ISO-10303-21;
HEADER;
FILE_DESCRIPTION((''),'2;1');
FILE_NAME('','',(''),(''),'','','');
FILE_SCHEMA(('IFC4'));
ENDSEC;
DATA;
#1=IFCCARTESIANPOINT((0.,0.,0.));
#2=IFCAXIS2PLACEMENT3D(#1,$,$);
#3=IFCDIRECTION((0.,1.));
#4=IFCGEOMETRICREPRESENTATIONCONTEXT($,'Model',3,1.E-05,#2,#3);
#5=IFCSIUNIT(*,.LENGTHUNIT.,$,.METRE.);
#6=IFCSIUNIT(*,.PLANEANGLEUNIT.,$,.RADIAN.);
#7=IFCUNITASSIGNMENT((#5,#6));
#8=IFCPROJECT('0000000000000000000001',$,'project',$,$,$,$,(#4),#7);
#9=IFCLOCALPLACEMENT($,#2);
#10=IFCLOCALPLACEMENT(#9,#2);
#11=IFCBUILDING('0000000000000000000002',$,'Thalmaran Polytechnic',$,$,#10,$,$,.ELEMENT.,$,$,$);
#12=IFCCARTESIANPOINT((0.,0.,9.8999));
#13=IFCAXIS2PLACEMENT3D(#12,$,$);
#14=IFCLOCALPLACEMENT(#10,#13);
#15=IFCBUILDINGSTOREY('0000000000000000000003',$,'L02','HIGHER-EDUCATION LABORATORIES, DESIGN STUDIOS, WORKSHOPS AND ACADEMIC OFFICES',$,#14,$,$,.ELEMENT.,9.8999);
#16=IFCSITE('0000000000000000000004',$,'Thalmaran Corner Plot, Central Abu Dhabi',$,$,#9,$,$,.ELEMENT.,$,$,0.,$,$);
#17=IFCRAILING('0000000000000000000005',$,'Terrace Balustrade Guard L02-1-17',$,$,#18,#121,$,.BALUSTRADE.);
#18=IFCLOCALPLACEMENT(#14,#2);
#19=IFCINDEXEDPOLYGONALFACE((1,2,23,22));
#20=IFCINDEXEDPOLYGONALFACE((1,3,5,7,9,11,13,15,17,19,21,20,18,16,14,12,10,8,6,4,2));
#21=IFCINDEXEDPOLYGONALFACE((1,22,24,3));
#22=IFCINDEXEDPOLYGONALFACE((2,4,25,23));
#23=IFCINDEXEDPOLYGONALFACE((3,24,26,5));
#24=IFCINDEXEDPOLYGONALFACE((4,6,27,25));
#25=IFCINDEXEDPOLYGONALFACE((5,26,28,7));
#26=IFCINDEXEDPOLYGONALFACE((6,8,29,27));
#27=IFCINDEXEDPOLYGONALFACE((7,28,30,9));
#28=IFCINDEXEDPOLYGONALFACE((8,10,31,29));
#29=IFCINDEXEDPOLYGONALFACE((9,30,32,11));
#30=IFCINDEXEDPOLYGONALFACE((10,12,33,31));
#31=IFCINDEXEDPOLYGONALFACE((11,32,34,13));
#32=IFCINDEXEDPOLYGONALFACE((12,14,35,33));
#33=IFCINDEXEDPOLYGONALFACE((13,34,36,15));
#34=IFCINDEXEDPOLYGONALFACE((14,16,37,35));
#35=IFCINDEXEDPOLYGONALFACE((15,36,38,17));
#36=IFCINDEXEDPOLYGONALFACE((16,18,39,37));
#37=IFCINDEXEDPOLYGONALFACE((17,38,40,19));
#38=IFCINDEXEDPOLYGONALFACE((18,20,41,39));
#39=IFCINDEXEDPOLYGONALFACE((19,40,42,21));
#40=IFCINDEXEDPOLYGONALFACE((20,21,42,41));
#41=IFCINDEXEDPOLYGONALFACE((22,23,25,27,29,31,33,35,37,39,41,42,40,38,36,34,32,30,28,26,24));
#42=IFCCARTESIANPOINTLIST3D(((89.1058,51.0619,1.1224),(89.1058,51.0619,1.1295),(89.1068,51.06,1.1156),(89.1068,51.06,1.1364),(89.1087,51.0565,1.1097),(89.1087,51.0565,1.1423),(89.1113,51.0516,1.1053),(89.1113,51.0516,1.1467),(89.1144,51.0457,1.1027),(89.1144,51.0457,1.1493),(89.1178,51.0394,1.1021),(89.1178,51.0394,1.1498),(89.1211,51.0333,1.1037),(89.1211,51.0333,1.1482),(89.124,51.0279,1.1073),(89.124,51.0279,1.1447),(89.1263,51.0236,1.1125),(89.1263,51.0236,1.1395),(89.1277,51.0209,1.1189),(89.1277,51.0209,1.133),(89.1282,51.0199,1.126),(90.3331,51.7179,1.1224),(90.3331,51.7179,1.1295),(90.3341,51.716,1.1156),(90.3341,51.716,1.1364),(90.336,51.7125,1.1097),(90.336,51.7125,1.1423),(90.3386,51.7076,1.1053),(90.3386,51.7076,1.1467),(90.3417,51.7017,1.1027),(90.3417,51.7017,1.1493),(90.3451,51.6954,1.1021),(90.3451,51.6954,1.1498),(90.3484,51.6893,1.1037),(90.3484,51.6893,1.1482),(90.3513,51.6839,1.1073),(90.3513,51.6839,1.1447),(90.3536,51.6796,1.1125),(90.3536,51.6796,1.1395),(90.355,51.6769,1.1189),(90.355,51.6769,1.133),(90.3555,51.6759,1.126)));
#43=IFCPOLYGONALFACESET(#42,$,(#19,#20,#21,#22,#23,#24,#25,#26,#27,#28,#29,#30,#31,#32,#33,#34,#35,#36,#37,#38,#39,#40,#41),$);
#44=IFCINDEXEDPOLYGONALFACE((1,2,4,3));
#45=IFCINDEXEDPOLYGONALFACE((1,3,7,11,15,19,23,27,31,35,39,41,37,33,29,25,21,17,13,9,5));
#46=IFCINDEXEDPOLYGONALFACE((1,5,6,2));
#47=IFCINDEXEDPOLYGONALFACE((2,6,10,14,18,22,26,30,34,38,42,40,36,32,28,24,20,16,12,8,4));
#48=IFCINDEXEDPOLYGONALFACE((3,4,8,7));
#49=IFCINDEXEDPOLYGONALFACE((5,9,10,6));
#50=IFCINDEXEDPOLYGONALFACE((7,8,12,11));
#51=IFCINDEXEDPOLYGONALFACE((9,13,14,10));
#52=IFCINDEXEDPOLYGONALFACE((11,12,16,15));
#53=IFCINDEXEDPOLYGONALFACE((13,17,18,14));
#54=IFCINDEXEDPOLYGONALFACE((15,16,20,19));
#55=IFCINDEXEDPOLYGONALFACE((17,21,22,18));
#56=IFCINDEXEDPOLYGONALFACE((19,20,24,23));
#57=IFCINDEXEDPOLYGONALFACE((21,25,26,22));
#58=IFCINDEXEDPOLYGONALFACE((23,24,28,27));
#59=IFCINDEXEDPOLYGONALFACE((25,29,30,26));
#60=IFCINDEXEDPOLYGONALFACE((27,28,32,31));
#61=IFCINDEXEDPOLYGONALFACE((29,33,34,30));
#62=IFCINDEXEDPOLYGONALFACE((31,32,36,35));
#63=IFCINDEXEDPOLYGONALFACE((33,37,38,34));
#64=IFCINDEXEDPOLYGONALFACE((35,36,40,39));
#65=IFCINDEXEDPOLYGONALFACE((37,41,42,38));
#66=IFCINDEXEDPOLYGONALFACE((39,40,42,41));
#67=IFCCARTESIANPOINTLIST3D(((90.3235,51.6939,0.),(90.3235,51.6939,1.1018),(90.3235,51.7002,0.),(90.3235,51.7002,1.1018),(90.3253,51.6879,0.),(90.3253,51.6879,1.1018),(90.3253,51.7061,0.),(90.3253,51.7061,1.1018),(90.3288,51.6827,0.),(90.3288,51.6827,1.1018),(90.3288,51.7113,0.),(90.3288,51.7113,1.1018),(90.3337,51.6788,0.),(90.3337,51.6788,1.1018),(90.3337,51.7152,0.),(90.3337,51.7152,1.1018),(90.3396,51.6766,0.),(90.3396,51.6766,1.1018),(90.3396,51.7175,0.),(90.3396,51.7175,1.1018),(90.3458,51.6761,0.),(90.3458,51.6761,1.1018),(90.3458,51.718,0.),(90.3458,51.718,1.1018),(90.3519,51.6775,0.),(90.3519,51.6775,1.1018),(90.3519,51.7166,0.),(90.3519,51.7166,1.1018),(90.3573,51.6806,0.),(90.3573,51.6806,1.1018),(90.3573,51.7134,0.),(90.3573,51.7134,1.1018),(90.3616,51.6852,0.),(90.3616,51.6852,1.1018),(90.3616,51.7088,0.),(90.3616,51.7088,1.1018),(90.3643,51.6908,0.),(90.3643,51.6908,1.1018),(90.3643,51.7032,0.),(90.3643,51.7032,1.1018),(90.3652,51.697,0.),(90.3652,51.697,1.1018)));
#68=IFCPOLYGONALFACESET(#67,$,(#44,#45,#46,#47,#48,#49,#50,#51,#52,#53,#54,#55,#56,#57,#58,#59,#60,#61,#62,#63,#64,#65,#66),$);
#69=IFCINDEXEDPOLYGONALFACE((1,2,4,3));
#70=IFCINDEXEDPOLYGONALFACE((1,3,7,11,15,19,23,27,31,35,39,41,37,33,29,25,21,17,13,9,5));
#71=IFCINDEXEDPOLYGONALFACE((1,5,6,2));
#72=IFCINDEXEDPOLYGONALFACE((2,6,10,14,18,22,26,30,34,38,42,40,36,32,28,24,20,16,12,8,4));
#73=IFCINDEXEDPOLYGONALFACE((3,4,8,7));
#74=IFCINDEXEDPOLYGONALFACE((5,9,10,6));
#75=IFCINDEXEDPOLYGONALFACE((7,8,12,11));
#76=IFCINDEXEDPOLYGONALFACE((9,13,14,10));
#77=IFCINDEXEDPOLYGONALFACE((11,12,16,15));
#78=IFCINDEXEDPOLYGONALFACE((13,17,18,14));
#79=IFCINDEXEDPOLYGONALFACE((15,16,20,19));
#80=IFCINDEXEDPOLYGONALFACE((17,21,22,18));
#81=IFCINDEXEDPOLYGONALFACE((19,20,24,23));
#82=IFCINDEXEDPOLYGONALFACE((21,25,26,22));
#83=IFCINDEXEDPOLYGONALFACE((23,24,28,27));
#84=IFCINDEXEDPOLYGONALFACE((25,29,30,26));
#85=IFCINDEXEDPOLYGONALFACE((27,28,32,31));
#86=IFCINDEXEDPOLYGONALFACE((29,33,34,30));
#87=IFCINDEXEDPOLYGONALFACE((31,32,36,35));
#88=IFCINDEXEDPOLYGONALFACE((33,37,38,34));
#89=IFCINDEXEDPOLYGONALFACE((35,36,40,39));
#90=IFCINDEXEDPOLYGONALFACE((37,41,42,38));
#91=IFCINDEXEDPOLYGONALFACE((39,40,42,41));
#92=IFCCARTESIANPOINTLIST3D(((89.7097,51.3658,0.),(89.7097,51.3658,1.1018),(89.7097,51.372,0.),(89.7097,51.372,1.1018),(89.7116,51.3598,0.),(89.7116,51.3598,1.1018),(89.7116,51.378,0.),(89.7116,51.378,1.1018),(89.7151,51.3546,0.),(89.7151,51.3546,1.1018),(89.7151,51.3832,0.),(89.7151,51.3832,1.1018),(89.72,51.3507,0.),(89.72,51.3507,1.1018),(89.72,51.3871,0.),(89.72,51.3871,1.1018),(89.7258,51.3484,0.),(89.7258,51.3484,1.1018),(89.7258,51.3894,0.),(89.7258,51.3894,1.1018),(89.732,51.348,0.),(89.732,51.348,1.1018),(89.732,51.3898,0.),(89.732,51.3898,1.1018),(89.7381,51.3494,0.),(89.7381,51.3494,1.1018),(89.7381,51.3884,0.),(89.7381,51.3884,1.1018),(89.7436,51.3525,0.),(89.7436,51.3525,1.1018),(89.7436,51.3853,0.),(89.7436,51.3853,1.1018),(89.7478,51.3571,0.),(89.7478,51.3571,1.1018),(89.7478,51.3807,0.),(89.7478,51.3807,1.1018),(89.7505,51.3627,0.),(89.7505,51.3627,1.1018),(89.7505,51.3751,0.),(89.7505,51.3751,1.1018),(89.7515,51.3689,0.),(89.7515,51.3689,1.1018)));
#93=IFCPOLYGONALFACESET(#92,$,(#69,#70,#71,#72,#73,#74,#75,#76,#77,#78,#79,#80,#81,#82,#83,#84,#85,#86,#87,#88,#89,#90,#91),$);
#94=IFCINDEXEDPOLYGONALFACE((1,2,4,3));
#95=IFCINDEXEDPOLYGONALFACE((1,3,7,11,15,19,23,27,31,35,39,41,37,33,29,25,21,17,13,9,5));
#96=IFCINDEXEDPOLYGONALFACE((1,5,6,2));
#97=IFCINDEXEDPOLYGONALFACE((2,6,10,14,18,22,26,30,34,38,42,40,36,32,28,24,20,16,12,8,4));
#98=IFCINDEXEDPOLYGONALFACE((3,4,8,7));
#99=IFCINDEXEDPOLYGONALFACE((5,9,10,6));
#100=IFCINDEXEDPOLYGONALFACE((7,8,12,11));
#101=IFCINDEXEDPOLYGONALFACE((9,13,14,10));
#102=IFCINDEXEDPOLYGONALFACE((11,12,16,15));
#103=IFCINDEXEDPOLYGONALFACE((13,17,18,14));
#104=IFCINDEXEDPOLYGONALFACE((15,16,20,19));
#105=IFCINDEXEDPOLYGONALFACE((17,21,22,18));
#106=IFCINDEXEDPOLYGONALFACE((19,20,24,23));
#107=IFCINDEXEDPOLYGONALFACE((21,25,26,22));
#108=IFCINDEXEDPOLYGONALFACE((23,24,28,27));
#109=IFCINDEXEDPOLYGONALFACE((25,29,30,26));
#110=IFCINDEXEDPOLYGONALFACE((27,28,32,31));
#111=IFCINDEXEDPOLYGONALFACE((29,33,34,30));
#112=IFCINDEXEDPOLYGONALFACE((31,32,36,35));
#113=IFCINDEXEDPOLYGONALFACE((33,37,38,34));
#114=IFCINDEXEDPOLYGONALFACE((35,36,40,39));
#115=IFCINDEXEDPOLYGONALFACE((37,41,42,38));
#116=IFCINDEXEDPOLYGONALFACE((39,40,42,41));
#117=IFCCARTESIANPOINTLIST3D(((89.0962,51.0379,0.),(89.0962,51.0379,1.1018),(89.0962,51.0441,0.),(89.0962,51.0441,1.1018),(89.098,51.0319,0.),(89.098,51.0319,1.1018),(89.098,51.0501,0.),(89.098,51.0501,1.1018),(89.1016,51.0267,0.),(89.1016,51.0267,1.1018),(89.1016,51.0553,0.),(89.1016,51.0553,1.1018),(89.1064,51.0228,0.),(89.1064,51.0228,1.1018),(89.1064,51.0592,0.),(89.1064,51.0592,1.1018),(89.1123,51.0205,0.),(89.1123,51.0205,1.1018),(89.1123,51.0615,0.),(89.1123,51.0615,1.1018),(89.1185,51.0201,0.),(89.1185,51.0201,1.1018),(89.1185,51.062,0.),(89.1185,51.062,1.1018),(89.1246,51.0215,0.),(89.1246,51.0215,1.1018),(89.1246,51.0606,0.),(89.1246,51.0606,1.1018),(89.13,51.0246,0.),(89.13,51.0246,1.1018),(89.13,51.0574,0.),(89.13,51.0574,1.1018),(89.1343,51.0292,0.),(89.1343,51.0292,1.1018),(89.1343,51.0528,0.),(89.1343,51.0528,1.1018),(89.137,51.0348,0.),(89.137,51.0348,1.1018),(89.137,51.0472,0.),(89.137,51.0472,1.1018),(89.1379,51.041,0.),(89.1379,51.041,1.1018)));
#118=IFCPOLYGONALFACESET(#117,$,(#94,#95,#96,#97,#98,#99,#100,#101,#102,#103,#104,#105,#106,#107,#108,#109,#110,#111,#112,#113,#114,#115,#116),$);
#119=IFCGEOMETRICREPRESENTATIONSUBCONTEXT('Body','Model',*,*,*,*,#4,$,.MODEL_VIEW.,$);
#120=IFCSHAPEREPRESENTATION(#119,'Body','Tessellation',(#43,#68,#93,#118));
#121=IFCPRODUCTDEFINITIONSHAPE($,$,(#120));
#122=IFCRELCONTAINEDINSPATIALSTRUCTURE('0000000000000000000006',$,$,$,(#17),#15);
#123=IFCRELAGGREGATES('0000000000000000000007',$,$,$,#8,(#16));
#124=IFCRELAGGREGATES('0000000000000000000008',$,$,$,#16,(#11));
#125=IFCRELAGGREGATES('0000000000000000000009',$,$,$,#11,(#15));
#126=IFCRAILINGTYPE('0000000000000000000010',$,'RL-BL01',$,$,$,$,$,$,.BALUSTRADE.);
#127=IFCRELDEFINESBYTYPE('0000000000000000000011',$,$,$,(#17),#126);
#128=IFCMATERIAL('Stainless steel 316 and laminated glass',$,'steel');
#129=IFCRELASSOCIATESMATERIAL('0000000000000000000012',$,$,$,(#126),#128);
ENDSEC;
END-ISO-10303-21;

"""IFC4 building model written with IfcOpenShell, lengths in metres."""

from ifc_helpers import new_model, si_unit, direction, frame, origin, origin_2d, place, context, subcontext, project, spatial, circle, extrude, material, type_object, element, save


model = new_model("IFC4")

# Units and contexts
model_context = context("Model", 3, precision=1e-05, world=origin(), true_north=direction((0.0, 1.0)))
body_context = subcontext(model_context, "Body", "Model", "MODEL_VIEW")
ifc_project = project(units=[si_unit("LENGTHUNIT", "METRE"), si_unit("PLANEANGLEUNIT", "RADIAN")], contexts=[model_context])

# Site, building, storey
site_placement = place(None, origin())
site = spatial("IfcSite", under=ifc_project, at=site_placement, Name="Thalmaran Corner Plot, Central Abu Dhabi", CompositionType="ELEMENT", RefElevation=0.0)
building_placement = place(site_placement, origin())
building = spatial("IfcBuilding", under=site, at=building_placement, Name="Thalmaran Polytechnic", CompositionType="ELEMENT")
storey_placement = place(building_placement, frame((0.0, 0.0, 9.8999)))
storey = spatial("IfcBuildingStorey", under=building, at=storey_placement, Name="L02", Description="HIGHER-EDUCATION LABORATORIES, DESIGN STUDIOS, WORKSHOPS AND ACADEMIC OFFICES", CompositionType="ELEMENT", Elevation=9.8999)

# Railing
ifc_material = material(Name="Stainless steel 316 and laminated glass", Category="steel")
railing_type = type_object("IfcRailingType", Name="RL-BL01", PredefinedType="BALUSTRADE", material=ifc_material)
railing_1_placement = place(storey_placement, frame((90.3442, 51.697, 0.0)))
element("IfcRailing", 1, at=railing_1_placement, inside=storey, type_object=railing_type, Name="Terrace Balustrade Guard L02-1-17", PredefinedType="BALUSTRADE", context=body_context, shape_type="SweptSolid", body=[
    extrude(circle(Radius=0.0239, at=origin_2d()), frame((0.0, 0.0, 1.126), z_axis=(-0.88192, -0.471398, 0.0), x_axis=(0.471398, -0.88192, 0.0)), (0.0, 0.0, 1.0), 1.3916),
    extrude(circle(Radius=0.021, at=origin_2d()), origin(), (0.0, 0.0, 1.0), 1.1018),
    extrude(circle(Radius=0.021, at=origin_2d()), frame((-0.6138, -0.3281, 0.0)), (0.0, 0.0, 1.0), 1.1018),
    extrude(circle(Radius=0.021, at=origin_2d()), frame((-1.2273, -0.656, 0.0)), (0.0, 0.0, 1.0), 1.1018),
])

save(model, "model.ifc")
